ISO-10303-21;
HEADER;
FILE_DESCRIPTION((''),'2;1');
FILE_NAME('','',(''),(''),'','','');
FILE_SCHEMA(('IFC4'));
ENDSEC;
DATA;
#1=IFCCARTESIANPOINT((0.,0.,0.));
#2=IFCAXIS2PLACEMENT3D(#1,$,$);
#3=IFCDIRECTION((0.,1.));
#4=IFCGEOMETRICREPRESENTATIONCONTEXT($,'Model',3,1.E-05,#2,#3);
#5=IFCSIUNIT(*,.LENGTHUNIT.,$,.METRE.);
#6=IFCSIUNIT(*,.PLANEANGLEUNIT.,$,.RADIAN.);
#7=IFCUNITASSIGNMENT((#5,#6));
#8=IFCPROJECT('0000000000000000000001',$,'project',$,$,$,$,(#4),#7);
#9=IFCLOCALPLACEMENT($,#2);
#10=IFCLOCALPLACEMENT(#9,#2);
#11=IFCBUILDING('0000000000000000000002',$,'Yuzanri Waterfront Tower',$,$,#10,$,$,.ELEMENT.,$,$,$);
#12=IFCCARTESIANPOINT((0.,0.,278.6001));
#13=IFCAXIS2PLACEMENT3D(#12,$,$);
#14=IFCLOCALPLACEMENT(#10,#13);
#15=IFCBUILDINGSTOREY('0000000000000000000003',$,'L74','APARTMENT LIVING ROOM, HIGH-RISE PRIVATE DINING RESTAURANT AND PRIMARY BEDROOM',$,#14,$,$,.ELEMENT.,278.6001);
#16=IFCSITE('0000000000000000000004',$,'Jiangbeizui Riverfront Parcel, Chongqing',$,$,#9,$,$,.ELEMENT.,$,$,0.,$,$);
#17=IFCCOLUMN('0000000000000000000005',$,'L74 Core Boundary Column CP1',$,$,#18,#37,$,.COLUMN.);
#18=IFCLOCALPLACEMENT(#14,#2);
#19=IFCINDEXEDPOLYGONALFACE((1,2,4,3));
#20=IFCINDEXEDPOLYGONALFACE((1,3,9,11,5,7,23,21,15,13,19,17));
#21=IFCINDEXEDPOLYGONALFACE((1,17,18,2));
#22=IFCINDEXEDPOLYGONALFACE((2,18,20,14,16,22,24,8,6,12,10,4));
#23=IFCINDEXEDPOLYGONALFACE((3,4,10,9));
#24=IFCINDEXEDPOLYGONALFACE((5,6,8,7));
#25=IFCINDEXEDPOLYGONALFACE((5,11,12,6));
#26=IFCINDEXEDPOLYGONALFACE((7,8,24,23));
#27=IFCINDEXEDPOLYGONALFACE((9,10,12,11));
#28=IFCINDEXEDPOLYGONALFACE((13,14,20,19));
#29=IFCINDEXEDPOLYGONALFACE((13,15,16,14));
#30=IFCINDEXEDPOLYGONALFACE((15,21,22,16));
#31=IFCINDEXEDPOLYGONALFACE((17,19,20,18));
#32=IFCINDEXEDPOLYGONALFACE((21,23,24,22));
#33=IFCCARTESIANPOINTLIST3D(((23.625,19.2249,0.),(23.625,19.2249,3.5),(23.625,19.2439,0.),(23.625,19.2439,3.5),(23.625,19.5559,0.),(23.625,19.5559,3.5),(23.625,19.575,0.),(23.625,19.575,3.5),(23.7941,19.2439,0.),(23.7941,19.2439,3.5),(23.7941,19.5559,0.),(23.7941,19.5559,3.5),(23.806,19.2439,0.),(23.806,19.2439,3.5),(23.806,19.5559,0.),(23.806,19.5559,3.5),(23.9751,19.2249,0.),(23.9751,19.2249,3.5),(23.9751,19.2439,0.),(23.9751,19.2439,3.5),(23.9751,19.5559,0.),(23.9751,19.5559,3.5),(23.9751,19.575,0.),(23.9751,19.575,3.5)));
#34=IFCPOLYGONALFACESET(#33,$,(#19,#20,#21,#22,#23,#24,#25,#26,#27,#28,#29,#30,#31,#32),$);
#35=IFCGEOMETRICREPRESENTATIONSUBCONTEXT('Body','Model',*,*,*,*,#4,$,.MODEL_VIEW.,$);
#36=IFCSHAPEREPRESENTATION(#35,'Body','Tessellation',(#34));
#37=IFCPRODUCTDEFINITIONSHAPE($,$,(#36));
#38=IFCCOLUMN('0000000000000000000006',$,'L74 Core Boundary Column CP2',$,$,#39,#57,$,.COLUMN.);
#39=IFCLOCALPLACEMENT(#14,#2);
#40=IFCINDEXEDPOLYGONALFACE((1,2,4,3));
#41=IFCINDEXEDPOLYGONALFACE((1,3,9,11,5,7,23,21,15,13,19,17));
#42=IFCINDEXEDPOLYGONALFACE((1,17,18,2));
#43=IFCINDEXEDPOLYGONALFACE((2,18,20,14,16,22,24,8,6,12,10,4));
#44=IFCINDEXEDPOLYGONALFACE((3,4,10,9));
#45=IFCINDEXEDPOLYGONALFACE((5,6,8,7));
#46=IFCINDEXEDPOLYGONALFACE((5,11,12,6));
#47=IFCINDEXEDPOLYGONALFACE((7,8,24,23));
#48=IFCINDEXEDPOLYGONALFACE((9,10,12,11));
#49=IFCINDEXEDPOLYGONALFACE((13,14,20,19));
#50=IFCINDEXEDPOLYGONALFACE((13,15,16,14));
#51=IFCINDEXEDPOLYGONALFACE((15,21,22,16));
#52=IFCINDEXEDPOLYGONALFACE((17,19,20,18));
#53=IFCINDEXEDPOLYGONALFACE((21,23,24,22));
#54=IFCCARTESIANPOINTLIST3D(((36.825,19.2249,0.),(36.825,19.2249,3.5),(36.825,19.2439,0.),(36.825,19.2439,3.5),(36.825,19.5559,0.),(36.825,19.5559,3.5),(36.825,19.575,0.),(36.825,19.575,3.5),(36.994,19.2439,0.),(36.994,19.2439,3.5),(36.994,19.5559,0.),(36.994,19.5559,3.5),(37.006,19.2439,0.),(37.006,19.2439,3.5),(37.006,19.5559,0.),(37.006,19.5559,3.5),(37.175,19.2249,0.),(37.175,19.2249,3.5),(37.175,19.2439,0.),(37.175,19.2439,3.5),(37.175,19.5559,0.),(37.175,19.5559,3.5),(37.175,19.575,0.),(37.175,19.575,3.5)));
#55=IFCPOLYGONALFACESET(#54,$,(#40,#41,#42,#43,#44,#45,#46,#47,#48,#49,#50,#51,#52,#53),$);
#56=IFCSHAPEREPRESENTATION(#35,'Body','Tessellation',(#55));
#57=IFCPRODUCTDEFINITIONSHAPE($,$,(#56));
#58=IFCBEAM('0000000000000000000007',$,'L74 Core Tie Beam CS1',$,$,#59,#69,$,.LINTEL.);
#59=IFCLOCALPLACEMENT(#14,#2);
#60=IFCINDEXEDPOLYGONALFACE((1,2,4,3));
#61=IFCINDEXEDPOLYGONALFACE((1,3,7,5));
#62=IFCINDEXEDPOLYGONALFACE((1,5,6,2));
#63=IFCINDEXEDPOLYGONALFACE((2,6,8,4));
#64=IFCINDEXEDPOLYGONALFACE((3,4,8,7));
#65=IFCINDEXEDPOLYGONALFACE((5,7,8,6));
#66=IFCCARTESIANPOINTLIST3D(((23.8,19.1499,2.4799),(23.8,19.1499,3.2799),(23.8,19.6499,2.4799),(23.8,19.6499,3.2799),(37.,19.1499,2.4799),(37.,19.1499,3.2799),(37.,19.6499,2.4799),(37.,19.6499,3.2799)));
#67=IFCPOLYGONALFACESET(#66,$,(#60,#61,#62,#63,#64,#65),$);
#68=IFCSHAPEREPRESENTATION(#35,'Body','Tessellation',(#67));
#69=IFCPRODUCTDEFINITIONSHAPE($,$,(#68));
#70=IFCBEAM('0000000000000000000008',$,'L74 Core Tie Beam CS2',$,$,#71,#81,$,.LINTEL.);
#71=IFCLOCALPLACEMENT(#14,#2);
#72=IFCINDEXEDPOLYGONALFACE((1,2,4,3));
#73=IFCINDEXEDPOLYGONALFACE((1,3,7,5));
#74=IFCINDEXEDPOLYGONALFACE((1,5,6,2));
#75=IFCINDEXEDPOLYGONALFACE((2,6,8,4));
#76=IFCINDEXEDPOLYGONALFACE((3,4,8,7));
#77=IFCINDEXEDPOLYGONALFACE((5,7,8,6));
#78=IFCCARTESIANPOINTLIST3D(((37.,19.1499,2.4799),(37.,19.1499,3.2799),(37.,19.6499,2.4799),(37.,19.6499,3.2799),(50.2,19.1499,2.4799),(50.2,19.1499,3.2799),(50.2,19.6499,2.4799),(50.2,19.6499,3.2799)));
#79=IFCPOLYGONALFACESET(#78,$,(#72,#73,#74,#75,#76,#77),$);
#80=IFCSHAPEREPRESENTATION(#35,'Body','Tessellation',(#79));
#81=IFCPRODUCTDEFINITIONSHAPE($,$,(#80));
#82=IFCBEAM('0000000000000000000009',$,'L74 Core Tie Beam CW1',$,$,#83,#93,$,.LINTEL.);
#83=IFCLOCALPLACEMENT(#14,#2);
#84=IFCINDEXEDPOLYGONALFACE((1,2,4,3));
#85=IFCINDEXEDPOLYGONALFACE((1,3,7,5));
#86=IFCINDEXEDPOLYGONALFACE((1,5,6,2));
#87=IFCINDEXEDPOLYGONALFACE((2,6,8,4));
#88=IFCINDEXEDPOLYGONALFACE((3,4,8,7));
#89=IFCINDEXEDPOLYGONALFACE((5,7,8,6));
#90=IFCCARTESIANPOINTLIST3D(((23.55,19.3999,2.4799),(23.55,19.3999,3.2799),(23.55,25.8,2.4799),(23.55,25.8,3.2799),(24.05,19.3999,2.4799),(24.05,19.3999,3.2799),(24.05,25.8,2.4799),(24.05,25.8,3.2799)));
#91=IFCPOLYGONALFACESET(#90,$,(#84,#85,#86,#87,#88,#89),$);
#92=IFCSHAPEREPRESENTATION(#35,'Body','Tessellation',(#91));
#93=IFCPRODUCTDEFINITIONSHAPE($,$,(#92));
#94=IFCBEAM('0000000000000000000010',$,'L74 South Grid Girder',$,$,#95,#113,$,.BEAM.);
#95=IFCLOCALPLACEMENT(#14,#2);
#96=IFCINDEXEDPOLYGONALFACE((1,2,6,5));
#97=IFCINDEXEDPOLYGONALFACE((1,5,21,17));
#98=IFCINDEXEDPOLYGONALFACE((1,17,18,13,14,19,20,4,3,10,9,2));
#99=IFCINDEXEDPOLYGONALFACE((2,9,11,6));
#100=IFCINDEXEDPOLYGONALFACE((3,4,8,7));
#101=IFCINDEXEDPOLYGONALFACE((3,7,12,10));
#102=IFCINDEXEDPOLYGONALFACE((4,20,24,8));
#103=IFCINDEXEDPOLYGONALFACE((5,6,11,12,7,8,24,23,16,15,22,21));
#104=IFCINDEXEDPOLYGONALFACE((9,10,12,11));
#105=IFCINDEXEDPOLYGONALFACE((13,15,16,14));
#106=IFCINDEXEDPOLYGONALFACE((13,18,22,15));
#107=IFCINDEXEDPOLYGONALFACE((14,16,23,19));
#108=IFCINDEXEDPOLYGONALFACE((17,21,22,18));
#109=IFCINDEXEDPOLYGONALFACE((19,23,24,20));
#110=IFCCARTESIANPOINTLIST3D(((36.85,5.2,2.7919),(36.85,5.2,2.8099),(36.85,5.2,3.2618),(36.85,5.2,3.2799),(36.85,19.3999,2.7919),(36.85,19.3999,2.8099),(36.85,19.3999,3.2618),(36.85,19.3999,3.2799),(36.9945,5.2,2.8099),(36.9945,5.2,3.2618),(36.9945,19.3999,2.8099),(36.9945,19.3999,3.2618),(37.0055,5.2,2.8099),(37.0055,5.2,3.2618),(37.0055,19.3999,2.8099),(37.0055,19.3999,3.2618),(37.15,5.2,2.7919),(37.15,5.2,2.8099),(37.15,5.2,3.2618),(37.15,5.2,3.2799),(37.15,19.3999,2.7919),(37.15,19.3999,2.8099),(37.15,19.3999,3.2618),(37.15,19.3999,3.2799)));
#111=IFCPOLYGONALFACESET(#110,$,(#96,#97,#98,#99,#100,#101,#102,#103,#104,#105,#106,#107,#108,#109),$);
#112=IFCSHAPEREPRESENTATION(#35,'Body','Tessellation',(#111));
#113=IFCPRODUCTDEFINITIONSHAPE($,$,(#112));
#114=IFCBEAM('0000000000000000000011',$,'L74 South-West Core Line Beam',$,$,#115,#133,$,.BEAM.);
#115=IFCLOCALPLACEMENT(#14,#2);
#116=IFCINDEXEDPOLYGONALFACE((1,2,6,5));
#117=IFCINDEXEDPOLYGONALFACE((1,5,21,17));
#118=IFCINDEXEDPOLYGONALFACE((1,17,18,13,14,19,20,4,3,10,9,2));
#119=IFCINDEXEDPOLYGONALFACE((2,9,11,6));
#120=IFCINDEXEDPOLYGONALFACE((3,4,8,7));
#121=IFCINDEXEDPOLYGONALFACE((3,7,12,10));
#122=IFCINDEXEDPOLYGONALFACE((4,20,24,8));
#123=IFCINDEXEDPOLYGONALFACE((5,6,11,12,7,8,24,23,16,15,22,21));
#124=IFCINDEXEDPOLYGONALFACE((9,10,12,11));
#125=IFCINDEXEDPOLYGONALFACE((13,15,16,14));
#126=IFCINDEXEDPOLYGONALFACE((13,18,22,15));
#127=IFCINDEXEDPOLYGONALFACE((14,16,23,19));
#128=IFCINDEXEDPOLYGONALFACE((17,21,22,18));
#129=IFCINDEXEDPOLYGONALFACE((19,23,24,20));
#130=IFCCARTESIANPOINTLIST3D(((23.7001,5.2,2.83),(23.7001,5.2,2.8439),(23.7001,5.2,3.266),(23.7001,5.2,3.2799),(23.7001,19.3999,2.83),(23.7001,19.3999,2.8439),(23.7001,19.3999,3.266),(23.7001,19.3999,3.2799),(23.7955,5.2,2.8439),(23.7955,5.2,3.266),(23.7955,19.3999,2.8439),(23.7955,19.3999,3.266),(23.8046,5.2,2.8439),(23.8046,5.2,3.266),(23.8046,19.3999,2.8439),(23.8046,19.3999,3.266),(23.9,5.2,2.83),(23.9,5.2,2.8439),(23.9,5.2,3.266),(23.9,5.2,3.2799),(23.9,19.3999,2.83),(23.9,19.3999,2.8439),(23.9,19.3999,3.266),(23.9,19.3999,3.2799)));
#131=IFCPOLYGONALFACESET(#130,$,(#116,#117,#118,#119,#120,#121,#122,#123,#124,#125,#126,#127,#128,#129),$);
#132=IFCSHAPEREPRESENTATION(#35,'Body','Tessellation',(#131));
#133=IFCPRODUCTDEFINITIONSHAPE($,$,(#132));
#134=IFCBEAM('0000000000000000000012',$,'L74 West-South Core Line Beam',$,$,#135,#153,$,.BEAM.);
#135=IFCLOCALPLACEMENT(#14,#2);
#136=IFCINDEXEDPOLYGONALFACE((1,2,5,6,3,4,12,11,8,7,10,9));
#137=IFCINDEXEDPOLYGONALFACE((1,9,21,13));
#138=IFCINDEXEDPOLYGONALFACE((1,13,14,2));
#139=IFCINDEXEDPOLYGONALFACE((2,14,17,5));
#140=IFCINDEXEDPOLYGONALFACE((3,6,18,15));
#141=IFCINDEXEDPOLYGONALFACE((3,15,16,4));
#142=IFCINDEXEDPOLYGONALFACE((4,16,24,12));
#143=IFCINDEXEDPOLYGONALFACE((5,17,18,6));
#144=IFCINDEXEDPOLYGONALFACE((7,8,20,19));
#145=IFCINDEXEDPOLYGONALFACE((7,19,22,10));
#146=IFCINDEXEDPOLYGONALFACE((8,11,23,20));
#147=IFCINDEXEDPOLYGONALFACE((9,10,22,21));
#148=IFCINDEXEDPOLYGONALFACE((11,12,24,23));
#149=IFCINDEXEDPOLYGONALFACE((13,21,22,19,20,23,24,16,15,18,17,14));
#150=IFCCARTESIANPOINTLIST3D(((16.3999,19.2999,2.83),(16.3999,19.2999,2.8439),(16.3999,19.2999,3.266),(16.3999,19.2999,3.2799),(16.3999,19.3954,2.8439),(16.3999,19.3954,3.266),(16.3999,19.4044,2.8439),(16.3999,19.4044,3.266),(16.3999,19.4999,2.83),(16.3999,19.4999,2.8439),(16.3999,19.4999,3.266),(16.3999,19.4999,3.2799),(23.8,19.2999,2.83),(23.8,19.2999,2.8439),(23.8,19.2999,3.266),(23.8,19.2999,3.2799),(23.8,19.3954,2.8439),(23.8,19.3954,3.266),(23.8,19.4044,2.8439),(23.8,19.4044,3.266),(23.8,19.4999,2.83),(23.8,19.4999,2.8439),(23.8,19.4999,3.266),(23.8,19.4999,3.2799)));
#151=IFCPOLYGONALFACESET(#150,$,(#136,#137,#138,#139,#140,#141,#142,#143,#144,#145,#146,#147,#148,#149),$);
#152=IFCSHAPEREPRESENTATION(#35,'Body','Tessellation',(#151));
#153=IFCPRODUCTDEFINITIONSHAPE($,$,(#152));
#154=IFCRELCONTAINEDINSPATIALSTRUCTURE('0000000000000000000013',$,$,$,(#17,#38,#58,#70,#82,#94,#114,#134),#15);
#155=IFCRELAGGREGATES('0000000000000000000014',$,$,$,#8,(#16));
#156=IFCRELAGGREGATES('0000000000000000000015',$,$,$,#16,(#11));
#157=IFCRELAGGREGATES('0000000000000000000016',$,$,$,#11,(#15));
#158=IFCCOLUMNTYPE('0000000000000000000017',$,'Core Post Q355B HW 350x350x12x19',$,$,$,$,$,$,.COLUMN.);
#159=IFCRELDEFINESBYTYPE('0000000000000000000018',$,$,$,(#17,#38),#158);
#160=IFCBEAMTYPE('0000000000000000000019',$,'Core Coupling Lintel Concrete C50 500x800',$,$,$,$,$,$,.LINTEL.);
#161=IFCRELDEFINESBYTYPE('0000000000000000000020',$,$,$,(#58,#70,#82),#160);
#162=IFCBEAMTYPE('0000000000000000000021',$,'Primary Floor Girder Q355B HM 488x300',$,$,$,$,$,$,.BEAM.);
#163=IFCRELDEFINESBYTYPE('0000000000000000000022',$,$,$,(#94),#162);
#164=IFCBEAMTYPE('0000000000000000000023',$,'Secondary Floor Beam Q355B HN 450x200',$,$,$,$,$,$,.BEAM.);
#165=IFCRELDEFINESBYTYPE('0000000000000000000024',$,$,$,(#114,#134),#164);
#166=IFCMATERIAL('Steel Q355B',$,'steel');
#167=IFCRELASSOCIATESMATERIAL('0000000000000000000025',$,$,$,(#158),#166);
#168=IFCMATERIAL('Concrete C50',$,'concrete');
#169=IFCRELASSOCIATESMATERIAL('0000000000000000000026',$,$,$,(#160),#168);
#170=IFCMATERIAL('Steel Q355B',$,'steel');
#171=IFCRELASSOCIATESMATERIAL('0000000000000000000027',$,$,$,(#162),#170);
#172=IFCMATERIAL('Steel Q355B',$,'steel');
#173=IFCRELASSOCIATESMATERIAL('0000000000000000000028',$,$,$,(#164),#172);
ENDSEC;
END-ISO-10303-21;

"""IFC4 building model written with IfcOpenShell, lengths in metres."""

from ifc_helpers import new_model, si_unit, direction, frame, origin, origin_2d, place, context, subcontext, project, spatial, rectangle, i_section, extrude, source, transform, mapped, material, material_profile, profile_set, type_object, element, save


model = new_model("IFC4")

# Units and contexts
model_context = context("Model", 3, precision=1e-05, world=origin(), true_north=direction((0.0, 1.0)))
body_context = subcontext(model_context, "Body", "Model", "MODEL_VIEW")
ifc_project = project(units=[si_unit("LENGTHUNIT", "METRE"), si_unit("PLANEANGLEUNIT", "RADIAN")], contexts=[model_context])

# Site, building, storey
site_placement = place(None, origin())
site = spatial("IfcSite", under=ifc_project, at=site_placement, Name="Jiangbeizui Riverfront Parcel, Chongqing", CompositionType="ELEMENT", RefElevation=0.0)
building_placement = place(site_placement, origin())
building = spatial("IfcBuilding", under=site, at=building_placement, Name="Yuzanri Waterfront Tower", CompositionType="ELEMENT")
storey_placement = place(building_placement, frame((0.0, 0.0, 278.6001)))
storey = spatial("IfcBuildingStorey", under=building, at=storey_placement, Name="L74", Description="APARTMENT LIVING ROOM, HIGH-RISE PRIVATE DINING RESTAURANT AND PRIMARY BEDROOM", CompositionType="ELEMENT", Elevation=278.6001)

# Columns
ifc_material_1 = material(Name="Steel Q355B", Category="steel")
ifc_material_profile_1 = material_profile(ifc_material_1, i_section(OverallWidth=0.3501, OverallDepth=0.3501, WebThickness=0.012, FlangeThickness=0.019, at=origin_2d()), Name="HW 350x350x12x19")
ifc_profile_set_1 = profile_set([ifc_material_profile_1], Name="Steel Q355B")
column_type = type_object("IfcColumnType", Name="Core Post Q355B HW 350x350x12x19", PredefinedType="COLUMN", material=ifc_profile_set_1)
shared_shape_1 = source(origin(), body_context, "Body", "SweptSolid", [
    extrude(i_section(OverallWidth=0.3501, OverallDepth=0.3501, WebThickness=0.012, FlangeThickness=0.019, at=origin_2d()), origin(), (0.0, 0.0, 1.0), 3.5),
])
for number, where, z_axis, x_axis, name in (
    (1, (23.8, 19.3999, 0.0), (0.0, 0.0, 1.0), (1.0, 0.0, 0.0), "L74 Core Boundary Column CP1"),
    (2, (37.0, 19.3999, 0.0), (0.0, 0.0, 1.0), (1.0, 0.0, 0.0), "L74 Core Boundary Column CP2"),
):
    element("IfcColumn", number, at=place(storey_placement, frame(where, z_axis=z_axis, x_axis=x_axis)), inside=storey, type_object=column_type, Name=name, PredefinedType="COLUMN", context=body_context, shape_type="MappedRepresentation", body=[
        mapped(shared_shape_1, transform((0.0, 0.0, 0.0), scale=1.0)),
    ])

# Beams
ifc_material_2 = material(Name="Concrete C50", Category="concrete")
ifc_material_profile_2 = material_profile(ifc_material_2, rectangle(XDim=0.5, YDim=0.8, at=origin_2d()), Name="RC 500x800")
ifc_profile_set_2 = profile_set([ifc_material_profile_2], Name="Concrete C50")
beam_type_1 = type_object("IfcBeamType", Name="Core Coupling Lintel Concrete C50 500x800", PredefinedType="LINTEL", material=ifc_profile_set_2)
shared_shape_2 = source(origin(), body_context, "Body", "SweptSolid", [
    extrude(rectangle(XDim=0.5, YDim=0.8, at=origin_2d()), origin(), (0.0, 0.0, 1.0), 13.2),
])
for number, where, z_axis, x_axis, name in (
    (3, (23.8, 19.3999, 2.8799), (1.0, 0.0, 0.0), (0.0, 1.0, 0.0), "L74 Core Tie Beam CS1"),
    (4, (37.0, 19.3999, 2.8799), (1.0, 0.0, 0.0), (0.0, 1.0, 0.0), "L74 Core Tie Beam CS2"),
):
    element("IfcBeam", number, at=place(storey_placement, frame(where, z_axis=z_axis, x_axis=x_axis)), inside=storey, type_object=beam_type_1, Name=name, PredefinedType="LINTEL", context=body_context, shape_type="MappedRepresentation", body=[
        mapped(shared_shape_2, transform((0.0, 0.0, 0.0), scale=1.0)),
    ])
shared_shape_3 = source(origin(), body_context, "Body", "SweptSolid", [
    extrude(rectangle(XDim=0.5, YDim=0.8, at=origin_2d()), origin(), (0.0, 0.0, 1.0), 6.4001),
])
beam_1_placement = place(storey_placement, frame((23.8, 19.3999, 2.8799), z_axis=(0.0, 1.0, 0.0), x_axis=(-1.0, 0.0, 0.0)))
element("IfcBeam", 5, at=beam_1_placement, inside=storey, type_object=beam_type_1, Name="L74 Core Tie Beam CW1", PredefinedType="LINTEL", context=body_context, shape_type="MappedRepresentation", body=[
    mapped(shared_shape_3, transform((0.0, 0.0, 0.0), scale=1.0)),
])
ifc_material_3 = material(Name="Steel Q355B", Category="steel")
ifc_material_profile_3 = material_profile(ifc_material_3, i_section(OverallWidth=0.3, OverallDepth=0.488, WebThickness=0.011, FlangeThickness=0.0181, at=origin_2d()), Name="HM 488x300x11x18")
ifc_profile_set_3 = profile_set([ifc_material_profile_3], Name="Steel Q355B")
beam_type_2 = type_object("IfcBeamType", Name="Primary Floor Girder Q355B HM 488x300", PredefinedType="BEAM", material=ifc_profile_set_3)
shared_shape_4 = source(origin(), body_context, "Body", "SweptSolid", [
    extrude(i_section(OverallWidth=0.3, OverallDepth=0.488, WebThickness=0.011, FlangeThickness=0.0181, at=origin_2d()), origin(), (0.0, 0.0, 1.0), 14.2),
])
beam_2_placement = place(storey_placement, frame((37.0, 19.3999, 3.0359), z_axis=(0.0, -1.0, 0.0), x_axis=(1.0, 0.0, 0.0)))
element("IfcBeam", 6, at=beam_2_placement, inside=storey, type_object=beam_type_2, Name="L74 South Grid Girder", PredefinedType="BEAM", context=body_context, shape_type="MappedRepresentation", body=[
    mapped(shared_shape_4, transform((0.0, 0.0, 0.0), scale=1.0)),
])
ifc_material_4 = material(Name="Steel Q355B", Category="steel")
ifc_material_profile_4 = material_profile(ifc_material_4, i_section(OverallWidth=0.2, OverallDepth=0.45, WebThickness=0.009, FlangeThickness=0.0139, at=origin_2d()), Name="HN 450x200x9x14")
ifc_profile_set_4 = profile_set([ifc_material_profile_4], Name="Steel Q355B")
beam_type_3 = type_object("IfcBeamType", Name="Secondary Floor Beam Q355B HN 450x200", PredefinedType="BEAM", material=ifc_profile_set_4)
shared_shape_5 = source(origin(), body_context, "Body", "SweptSolid", [
    extrude(i_section(OverallWidth=0.2, OverallDepth=0.45, WebThickness=0.009, FlangeThickness=0.0139, at=origin_2d()), origin(), (0.0, 0.0, 1.0), 14.2),
])
beam_3_placement = place(storey_placement, frame((23.8, 19.3999, 3.0549), z_axis=(0.0, -1.0, 0.0), x_axis=(1.0, 0.0, 0.0)))
element("IfcBeam", 7, at=beam_3_placement, inside=storey, type_object=beam_type_3, Name="L74 South-West Core Line Beam", PredefinedType="BEAM", context=body_context, shape_type="MappedRepresentation", body=[
    mapped(shared_shape_5, transform((0.0, 0.0, 0.0), scale=1.0)),
])
shared_shape_6 = source(origin(), body_context, "Body", "SweptSolid", [
    extrude(i_section(OverallWidth=0.2, OverallDepth=0.45, WebThickness=0.009, FlangeThickness=0.0139, at=origin_2d()), origin(), (0.0, 0.0, 1.0), 7.4001),
])
beam_4_placement = place(storey_placement, frame((23.8, 19.3999, 3.0549), z_axis=(-1.0, 0.0, 0.0), x_axis=(0.0, -1.0, 0.0)))
element("IfcBeam", 8, at=beam_4_placement, inside=storey, type_object=beam_type_3, Name="L74 West-South Core Line Beam", PredefinedType="BEAM", context=body_context, shape_type="MappedRepresentation", body=[
    mapped(shared_shape_6, transform((0.0, 0.0, 0.0), scale=1.0)),
])

save(model, "model.ifc")
